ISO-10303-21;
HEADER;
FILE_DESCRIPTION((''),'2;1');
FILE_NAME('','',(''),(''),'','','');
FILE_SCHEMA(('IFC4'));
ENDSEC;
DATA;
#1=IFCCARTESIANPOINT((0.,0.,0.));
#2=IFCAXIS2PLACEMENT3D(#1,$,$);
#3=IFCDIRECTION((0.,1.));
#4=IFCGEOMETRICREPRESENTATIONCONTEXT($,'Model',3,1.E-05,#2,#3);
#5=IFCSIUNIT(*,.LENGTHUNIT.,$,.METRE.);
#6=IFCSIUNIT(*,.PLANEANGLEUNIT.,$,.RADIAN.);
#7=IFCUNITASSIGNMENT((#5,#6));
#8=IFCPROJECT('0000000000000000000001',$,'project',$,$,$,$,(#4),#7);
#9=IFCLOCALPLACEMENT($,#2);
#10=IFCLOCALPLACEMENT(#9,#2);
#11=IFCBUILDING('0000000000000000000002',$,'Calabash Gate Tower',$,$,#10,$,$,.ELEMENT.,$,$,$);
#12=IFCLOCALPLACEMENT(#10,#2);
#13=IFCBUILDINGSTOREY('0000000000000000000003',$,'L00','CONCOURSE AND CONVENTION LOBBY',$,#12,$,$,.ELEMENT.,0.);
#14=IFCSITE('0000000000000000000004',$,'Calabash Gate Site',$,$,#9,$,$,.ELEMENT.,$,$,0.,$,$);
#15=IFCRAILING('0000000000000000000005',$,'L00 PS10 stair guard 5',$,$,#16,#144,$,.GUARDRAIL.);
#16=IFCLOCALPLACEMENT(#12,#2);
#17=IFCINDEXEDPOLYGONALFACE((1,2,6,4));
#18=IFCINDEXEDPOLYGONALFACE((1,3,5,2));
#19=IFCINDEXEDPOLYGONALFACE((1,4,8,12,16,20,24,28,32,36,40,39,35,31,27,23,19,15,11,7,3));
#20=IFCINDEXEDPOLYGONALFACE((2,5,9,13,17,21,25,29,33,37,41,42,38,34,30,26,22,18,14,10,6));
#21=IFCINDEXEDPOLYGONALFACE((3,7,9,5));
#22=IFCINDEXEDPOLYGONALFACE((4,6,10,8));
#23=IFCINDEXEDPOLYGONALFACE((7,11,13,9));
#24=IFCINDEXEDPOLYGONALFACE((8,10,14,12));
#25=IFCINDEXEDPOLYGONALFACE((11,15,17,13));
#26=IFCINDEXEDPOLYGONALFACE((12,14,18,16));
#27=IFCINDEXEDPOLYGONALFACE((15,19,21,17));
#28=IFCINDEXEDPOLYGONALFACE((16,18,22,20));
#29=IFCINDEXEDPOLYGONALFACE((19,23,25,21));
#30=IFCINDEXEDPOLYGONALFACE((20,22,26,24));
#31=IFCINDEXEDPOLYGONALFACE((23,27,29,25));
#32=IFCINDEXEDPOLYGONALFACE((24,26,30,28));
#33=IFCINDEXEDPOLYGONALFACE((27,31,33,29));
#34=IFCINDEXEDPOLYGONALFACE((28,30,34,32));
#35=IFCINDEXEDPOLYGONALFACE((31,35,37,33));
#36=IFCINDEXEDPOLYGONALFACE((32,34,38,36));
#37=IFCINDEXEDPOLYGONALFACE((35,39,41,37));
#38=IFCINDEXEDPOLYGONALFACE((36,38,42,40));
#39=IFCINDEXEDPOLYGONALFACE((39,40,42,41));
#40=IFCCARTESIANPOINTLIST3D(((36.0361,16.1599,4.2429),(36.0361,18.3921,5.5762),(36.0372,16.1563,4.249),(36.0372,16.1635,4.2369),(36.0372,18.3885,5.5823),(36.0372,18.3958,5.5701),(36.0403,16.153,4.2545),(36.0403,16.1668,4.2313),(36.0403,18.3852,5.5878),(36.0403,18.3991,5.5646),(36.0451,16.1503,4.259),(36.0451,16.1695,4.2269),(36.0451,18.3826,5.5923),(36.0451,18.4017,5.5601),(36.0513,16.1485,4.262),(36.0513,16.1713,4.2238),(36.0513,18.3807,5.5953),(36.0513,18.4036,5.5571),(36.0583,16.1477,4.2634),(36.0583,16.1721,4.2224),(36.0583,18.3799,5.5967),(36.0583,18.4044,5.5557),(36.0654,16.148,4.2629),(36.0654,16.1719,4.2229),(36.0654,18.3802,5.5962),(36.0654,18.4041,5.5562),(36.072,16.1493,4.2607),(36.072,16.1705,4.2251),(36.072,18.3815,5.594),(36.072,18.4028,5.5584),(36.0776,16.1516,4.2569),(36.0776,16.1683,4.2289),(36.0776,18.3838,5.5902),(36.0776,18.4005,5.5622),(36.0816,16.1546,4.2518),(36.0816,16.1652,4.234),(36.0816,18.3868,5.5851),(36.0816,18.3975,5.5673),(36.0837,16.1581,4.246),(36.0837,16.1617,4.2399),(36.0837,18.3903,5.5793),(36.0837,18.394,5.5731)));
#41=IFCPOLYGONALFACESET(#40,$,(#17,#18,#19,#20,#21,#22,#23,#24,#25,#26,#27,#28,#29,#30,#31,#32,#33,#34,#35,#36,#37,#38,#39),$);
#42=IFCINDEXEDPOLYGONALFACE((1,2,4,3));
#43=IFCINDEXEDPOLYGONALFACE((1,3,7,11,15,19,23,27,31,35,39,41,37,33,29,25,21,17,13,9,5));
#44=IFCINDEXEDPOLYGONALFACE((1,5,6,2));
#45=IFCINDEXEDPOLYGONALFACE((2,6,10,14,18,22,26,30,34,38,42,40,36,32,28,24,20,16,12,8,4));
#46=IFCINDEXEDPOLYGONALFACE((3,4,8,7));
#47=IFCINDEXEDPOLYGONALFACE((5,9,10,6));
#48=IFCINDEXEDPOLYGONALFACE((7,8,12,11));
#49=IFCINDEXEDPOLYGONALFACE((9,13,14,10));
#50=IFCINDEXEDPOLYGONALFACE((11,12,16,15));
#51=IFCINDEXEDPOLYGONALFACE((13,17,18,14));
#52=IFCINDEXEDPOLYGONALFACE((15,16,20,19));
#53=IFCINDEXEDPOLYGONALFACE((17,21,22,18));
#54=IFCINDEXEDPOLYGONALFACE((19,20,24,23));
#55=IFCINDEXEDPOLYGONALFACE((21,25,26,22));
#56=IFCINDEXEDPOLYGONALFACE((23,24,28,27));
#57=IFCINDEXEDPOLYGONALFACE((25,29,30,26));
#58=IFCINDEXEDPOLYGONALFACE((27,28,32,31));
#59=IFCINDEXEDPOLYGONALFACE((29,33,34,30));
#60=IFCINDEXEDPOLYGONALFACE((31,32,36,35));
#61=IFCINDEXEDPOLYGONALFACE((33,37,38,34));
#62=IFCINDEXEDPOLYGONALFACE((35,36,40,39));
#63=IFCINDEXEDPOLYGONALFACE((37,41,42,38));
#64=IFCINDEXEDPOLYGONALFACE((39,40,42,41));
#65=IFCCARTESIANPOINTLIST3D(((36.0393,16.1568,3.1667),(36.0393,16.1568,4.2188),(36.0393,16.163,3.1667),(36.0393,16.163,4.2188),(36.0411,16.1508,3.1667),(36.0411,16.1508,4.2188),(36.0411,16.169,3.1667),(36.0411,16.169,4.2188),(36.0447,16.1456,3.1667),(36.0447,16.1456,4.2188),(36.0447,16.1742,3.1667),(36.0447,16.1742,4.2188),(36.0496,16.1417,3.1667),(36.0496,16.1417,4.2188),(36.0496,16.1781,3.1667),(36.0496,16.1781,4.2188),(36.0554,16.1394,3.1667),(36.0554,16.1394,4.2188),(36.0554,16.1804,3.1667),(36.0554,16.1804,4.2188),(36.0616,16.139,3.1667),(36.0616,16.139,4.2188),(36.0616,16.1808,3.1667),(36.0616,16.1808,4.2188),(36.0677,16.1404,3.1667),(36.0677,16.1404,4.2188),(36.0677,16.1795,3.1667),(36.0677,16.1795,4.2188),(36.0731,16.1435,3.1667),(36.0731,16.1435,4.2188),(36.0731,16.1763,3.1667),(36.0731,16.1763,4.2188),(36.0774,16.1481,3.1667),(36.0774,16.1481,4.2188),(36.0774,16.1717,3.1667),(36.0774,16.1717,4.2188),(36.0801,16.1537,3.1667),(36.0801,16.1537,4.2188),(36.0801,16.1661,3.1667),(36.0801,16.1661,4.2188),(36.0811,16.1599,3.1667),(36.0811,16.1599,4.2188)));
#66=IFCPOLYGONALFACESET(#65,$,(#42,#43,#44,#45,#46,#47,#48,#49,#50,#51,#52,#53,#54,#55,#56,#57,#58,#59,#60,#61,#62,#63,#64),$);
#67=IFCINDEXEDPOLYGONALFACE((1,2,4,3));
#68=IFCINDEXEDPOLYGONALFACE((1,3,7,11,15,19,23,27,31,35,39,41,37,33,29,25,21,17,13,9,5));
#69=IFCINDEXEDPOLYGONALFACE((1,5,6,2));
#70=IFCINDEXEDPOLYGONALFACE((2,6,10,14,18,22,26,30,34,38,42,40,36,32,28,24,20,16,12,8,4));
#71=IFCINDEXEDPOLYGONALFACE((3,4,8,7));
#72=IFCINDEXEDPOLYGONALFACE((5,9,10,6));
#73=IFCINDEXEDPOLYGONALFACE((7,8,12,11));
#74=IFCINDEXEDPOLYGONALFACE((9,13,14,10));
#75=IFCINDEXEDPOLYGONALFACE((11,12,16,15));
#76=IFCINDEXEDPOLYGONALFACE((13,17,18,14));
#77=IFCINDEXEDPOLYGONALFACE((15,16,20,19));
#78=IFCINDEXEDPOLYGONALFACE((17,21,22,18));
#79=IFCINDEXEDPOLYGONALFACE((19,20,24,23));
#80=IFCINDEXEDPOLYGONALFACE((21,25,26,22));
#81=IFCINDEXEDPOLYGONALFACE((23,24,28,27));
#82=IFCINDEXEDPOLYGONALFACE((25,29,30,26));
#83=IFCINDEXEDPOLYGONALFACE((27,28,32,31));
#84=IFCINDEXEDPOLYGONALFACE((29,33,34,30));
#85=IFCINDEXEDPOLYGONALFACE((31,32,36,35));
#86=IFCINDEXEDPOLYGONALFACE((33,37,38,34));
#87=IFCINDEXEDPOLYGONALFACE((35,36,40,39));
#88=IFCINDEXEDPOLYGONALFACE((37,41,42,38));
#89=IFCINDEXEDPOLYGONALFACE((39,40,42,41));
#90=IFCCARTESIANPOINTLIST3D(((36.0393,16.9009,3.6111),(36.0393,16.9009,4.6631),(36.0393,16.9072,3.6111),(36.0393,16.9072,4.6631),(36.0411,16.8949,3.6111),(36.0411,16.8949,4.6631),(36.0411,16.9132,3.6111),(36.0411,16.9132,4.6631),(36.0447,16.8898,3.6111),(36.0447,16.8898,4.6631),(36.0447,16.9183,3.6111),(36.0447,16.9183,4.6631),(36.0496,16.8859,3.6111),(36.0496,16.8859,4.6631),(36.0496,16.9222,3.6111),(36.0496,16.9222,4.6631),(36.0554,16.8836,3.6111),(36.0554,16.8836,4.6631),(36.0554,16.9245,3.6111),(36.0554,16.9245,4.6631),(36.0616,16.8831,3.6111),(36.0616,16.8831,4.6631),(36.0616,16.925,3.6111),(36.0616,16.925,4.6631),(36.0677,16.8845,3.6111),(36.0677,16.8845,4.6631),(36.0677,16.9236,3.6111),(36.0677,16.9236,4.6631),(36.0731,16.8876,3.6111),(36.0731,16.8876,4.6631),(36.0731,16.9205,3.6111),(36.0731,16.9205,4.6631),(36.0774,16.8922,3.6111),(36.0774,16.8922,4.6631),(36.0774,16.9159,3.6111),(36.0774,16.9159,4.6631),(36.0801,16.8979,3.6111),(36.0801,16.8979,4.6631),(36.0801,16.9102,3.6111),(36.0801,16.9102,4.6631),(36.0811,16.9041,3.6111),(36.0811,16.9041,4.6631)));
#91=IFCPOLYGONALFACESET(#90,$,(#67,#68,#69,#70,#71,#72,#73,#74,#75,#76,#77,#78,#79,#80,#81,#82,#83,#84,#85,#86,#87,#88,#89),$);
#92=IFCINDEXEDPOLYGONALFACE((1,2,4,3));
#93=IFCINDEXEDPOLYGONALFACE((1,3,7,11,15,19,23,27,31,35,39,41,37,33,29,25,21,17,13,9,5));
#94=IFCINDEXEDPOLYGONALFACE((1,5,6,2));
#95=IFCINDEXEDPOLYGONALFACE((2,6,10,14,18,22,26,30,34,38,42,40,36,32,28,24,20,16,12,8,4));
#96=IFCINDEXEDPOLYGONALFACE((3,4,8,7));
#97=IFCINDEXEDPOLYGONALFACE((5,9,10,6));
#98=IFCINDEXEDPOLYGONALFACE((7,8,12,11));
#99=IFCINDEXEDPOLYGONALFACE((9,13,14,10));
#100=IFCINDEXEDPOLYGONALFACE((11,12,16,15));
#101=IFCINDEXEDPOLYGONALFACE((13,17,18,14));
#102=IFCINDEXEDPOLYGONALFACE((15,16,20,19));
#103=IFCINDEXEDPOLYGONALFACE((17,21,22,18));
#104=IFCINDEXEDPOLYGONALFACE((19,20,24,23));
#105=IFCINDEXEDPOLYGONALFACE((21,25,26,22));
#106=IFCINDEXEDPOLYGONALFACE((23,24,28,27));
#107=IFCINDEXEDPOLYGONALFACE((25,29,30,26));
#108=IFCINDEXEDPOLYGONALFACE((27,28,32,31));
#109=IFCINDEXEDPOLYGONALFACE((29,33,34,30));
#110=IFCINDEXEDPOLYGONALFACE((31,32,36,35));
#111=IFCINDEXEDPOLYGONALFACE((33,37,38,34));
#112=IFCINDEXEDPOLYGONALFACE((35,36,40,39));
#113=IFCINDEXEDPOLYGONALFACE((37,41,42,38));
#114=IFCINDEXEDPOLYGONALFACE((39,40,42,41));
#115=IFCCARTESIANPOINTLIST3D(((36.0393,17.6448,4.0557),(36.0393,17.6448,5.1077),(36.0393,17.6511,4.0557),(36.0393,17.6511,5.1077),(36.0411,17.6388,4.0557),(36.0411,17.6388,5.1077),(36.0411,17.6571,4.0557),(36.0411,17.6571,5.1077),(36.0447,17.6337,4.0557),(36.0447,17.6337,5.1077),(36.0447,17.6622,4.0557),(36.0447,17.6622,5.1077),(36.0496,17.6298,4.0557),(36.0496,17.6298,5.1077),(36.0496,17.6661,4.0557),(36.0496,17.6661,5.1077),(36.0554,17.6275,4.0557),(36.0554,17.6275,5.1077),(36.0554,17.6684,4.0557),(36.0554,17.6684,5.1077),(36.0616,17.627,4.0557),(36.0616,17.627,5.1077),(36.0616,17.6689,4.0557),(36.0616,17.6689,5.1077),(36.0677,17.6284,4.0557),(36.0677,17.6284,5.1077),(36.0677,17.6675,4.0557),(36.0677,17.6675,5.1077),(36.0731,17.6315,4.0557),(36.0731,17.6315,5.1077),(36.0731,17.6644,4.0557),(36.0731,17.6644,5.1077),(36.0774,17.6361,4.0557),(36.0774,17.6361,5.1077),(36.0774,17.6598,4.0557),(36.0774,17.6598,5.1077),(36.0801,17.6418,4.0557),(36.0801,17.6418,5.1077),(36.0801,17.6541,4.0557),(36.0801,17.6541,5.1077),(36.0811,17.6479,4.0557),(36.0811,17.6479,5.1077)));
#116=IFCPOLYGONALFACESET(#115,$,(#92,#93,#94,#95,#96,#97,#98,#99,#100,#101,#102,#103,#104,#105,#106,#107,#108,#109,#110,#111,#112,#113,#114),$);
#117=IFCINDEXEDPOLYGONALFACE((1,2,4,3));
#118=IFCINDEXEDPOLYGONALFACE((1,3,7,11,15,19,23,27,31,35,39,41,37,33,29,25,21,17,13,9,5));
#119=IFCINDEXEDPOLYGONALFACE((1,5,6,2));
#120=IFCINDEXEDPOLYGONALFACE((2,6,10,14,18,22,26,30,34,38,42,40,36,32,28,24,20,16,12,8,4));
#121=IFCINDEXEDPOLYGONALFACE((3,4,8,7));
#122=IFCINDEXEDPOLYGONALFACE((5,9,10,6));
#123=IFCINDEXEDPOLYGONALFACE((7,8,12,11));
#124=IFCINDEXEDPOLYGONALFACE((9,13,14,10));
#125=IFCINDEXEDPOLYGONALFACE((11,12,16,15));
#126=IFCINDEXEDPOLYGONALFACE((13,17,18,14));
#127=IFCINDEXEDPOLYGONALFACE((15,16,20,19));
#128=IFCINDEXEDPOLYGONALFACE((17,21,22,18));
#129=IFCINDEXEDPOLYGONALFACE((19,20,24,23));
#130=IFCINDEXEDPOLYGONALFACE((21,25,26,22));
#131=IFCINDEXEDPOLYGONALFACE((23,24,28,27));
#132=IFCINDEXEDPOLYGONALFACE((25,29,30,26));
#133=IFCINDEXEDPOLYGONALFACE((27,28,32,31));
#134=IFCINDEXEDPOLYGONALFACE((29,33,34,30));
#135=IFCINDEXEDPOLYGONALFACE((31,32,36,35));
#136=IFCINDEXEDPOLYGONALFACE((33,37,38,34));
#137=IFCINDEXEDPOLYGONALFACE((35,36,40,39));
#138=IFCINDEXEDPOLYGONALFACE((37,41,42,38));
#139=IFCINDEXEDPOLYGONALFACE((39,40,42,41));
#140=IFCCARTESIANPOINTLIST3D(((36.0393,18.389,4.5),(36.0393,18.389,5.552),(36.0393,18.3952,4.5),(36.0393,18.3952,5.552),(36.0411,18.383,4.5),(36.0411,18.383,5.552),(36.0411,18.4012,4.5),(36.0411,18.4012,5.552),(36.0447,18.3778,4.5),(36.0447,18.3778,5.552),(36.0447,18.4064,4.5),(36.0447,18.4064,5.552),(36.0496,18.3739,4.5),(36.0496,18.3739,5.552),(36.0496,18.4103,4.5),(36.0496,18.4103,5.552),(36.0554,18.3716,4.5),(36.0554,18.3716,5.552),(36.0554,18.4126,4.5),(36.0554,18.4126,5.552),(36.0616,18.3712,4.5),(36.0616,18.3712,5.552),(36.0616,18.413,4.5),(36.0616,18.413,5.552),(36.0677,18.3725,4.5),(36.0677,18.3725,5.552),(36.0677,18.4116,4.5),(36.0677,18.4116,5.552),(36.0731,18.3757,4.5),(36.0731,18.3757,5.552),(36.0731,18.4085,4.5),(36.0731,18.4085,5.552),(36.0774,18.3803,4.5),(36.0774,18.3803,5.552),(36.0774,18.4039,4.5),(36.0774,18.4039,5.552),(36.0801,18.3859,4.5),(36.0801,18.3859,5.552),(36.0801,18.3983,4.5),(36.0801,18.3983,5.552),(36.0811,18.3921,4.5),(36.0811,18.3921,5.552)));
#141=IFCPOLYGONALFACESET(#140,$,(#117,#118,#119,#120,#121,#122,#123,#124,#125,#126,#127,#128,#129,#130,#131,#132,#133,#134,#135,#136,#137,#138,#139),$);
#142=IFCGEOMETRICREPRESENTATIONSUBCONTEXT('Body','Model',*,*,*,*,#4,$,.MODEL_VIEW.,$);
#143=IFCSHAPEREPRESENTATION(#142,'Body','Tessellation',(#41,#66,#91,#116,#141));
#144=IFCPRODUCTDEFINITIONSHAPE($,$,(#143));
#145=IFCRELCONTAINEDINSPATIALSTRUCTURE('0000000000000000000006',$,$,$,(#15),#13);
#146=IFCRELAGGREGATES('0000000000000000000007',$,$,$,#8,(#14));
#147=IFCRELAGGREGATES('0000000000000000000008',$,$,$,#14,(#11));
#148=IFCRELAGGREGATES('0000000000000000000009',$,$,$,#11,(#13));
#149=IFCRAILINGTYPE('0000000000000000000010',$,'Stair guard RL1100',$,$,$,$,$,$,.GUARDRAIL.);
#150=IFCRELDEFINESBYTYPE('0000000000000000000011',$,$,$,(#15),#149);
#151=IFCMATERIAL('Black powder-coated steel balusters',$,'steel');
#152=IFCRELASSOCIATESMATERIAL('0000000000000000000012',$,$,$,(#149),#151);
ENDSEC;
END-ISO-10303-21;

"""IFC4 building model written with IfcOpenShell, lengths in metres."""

from ifc_helpers import new_model, si_unit, direction, frame, origin, origin_2d, place, context, subcontext, project, spatial, circle, extrude, material, type_object, element, save


model = new_model("IFC4")

# Units and contexts
model_context = context("Model", 3, precision=1e-05, world=origin(), true_north=direction((0.0, 1.0)))
body_context = subcontext(model_context, "Body", "Model", "MODEL_VIEW")
ifc_project = project(units=[si_unit("LENGTHUNIT", "METRE"), si_unit("PLANEANGLEUNIT", "RADIAN")], contexts=[model_context])

# Site, building, storey
site_placement = place(None, origin())
site = spatial("IfcSite", under=ifc_project, at=site_placement, Name="Calabash Gate Site", CompositionType="ELEMENT", RefElevation=0.0)
building_placement = place(site_placement, origin())
building = spatial("IfcBuilding", under=site, at=building_placement, Name="Calabash Gate Tower", CompositionType="ELEMENT")
storey_placement = place(building_placement, origin())
storey = spatial("IfcBuildingStorey", under=building, at=storey_placement, Name="L00", Description="CONCOURSE AND CONVENTION LOBBY", CompositionType="ELEMENT", Elevation=0.0)

# Railing
ifc_material_1 = material(Name="Black powder-coated steel balusters", Category="steel")
railing_type_1 = type_object("IfcRailingType", Name="Stair guard RL1100", PredefinedType="GUARDRAIL", material=ifc_material_1)
railing_1_placement = place(storey_placement, frame((36.0601, 16.1599, 3.1667)))
element("IfcRailing", 1, at=railing_1_placement, inside=storey, type_object=railing_type_1, Name="L00 PS10 stair guard 5", PredefinedType="GUARDRAIL", context=body_context, shape_type="SweptSolid", body=[
    extrude(circle(Radius=0.0239, at=origin_2d()), frame((0.0, 0.0, 1.0762), z_axis=(0.0, 0.858519, 0.512782), x_axis=(-1.0, 0.0, 0.0)), (0.0, 0.0, 1.0), 2.6001),
    extrude(circle(Radius=0.021, at=origin_2d()), origin(), (0.0, 0.0, 1.0), 1.052),
    extrude(circle(Radius=0.021, at=origin_2d()), frame((0.0, 0.7441, 0.4443)), (0.0, 0.0, 1.0), 1.052),
    extrude(circle(Radius=0.021, at=origin_2d()), frame((0.0, 1.488, 0.8889)), (0.0, 0.0, 1.0), 1.052),
    extrude(circle(Radius=0.021, at=origin_2d()), frame((0.0, 2.2322, 1.3333)), (0.0, 0.0, 1.0), 1.052),
])

save(model, "model.ifc")
